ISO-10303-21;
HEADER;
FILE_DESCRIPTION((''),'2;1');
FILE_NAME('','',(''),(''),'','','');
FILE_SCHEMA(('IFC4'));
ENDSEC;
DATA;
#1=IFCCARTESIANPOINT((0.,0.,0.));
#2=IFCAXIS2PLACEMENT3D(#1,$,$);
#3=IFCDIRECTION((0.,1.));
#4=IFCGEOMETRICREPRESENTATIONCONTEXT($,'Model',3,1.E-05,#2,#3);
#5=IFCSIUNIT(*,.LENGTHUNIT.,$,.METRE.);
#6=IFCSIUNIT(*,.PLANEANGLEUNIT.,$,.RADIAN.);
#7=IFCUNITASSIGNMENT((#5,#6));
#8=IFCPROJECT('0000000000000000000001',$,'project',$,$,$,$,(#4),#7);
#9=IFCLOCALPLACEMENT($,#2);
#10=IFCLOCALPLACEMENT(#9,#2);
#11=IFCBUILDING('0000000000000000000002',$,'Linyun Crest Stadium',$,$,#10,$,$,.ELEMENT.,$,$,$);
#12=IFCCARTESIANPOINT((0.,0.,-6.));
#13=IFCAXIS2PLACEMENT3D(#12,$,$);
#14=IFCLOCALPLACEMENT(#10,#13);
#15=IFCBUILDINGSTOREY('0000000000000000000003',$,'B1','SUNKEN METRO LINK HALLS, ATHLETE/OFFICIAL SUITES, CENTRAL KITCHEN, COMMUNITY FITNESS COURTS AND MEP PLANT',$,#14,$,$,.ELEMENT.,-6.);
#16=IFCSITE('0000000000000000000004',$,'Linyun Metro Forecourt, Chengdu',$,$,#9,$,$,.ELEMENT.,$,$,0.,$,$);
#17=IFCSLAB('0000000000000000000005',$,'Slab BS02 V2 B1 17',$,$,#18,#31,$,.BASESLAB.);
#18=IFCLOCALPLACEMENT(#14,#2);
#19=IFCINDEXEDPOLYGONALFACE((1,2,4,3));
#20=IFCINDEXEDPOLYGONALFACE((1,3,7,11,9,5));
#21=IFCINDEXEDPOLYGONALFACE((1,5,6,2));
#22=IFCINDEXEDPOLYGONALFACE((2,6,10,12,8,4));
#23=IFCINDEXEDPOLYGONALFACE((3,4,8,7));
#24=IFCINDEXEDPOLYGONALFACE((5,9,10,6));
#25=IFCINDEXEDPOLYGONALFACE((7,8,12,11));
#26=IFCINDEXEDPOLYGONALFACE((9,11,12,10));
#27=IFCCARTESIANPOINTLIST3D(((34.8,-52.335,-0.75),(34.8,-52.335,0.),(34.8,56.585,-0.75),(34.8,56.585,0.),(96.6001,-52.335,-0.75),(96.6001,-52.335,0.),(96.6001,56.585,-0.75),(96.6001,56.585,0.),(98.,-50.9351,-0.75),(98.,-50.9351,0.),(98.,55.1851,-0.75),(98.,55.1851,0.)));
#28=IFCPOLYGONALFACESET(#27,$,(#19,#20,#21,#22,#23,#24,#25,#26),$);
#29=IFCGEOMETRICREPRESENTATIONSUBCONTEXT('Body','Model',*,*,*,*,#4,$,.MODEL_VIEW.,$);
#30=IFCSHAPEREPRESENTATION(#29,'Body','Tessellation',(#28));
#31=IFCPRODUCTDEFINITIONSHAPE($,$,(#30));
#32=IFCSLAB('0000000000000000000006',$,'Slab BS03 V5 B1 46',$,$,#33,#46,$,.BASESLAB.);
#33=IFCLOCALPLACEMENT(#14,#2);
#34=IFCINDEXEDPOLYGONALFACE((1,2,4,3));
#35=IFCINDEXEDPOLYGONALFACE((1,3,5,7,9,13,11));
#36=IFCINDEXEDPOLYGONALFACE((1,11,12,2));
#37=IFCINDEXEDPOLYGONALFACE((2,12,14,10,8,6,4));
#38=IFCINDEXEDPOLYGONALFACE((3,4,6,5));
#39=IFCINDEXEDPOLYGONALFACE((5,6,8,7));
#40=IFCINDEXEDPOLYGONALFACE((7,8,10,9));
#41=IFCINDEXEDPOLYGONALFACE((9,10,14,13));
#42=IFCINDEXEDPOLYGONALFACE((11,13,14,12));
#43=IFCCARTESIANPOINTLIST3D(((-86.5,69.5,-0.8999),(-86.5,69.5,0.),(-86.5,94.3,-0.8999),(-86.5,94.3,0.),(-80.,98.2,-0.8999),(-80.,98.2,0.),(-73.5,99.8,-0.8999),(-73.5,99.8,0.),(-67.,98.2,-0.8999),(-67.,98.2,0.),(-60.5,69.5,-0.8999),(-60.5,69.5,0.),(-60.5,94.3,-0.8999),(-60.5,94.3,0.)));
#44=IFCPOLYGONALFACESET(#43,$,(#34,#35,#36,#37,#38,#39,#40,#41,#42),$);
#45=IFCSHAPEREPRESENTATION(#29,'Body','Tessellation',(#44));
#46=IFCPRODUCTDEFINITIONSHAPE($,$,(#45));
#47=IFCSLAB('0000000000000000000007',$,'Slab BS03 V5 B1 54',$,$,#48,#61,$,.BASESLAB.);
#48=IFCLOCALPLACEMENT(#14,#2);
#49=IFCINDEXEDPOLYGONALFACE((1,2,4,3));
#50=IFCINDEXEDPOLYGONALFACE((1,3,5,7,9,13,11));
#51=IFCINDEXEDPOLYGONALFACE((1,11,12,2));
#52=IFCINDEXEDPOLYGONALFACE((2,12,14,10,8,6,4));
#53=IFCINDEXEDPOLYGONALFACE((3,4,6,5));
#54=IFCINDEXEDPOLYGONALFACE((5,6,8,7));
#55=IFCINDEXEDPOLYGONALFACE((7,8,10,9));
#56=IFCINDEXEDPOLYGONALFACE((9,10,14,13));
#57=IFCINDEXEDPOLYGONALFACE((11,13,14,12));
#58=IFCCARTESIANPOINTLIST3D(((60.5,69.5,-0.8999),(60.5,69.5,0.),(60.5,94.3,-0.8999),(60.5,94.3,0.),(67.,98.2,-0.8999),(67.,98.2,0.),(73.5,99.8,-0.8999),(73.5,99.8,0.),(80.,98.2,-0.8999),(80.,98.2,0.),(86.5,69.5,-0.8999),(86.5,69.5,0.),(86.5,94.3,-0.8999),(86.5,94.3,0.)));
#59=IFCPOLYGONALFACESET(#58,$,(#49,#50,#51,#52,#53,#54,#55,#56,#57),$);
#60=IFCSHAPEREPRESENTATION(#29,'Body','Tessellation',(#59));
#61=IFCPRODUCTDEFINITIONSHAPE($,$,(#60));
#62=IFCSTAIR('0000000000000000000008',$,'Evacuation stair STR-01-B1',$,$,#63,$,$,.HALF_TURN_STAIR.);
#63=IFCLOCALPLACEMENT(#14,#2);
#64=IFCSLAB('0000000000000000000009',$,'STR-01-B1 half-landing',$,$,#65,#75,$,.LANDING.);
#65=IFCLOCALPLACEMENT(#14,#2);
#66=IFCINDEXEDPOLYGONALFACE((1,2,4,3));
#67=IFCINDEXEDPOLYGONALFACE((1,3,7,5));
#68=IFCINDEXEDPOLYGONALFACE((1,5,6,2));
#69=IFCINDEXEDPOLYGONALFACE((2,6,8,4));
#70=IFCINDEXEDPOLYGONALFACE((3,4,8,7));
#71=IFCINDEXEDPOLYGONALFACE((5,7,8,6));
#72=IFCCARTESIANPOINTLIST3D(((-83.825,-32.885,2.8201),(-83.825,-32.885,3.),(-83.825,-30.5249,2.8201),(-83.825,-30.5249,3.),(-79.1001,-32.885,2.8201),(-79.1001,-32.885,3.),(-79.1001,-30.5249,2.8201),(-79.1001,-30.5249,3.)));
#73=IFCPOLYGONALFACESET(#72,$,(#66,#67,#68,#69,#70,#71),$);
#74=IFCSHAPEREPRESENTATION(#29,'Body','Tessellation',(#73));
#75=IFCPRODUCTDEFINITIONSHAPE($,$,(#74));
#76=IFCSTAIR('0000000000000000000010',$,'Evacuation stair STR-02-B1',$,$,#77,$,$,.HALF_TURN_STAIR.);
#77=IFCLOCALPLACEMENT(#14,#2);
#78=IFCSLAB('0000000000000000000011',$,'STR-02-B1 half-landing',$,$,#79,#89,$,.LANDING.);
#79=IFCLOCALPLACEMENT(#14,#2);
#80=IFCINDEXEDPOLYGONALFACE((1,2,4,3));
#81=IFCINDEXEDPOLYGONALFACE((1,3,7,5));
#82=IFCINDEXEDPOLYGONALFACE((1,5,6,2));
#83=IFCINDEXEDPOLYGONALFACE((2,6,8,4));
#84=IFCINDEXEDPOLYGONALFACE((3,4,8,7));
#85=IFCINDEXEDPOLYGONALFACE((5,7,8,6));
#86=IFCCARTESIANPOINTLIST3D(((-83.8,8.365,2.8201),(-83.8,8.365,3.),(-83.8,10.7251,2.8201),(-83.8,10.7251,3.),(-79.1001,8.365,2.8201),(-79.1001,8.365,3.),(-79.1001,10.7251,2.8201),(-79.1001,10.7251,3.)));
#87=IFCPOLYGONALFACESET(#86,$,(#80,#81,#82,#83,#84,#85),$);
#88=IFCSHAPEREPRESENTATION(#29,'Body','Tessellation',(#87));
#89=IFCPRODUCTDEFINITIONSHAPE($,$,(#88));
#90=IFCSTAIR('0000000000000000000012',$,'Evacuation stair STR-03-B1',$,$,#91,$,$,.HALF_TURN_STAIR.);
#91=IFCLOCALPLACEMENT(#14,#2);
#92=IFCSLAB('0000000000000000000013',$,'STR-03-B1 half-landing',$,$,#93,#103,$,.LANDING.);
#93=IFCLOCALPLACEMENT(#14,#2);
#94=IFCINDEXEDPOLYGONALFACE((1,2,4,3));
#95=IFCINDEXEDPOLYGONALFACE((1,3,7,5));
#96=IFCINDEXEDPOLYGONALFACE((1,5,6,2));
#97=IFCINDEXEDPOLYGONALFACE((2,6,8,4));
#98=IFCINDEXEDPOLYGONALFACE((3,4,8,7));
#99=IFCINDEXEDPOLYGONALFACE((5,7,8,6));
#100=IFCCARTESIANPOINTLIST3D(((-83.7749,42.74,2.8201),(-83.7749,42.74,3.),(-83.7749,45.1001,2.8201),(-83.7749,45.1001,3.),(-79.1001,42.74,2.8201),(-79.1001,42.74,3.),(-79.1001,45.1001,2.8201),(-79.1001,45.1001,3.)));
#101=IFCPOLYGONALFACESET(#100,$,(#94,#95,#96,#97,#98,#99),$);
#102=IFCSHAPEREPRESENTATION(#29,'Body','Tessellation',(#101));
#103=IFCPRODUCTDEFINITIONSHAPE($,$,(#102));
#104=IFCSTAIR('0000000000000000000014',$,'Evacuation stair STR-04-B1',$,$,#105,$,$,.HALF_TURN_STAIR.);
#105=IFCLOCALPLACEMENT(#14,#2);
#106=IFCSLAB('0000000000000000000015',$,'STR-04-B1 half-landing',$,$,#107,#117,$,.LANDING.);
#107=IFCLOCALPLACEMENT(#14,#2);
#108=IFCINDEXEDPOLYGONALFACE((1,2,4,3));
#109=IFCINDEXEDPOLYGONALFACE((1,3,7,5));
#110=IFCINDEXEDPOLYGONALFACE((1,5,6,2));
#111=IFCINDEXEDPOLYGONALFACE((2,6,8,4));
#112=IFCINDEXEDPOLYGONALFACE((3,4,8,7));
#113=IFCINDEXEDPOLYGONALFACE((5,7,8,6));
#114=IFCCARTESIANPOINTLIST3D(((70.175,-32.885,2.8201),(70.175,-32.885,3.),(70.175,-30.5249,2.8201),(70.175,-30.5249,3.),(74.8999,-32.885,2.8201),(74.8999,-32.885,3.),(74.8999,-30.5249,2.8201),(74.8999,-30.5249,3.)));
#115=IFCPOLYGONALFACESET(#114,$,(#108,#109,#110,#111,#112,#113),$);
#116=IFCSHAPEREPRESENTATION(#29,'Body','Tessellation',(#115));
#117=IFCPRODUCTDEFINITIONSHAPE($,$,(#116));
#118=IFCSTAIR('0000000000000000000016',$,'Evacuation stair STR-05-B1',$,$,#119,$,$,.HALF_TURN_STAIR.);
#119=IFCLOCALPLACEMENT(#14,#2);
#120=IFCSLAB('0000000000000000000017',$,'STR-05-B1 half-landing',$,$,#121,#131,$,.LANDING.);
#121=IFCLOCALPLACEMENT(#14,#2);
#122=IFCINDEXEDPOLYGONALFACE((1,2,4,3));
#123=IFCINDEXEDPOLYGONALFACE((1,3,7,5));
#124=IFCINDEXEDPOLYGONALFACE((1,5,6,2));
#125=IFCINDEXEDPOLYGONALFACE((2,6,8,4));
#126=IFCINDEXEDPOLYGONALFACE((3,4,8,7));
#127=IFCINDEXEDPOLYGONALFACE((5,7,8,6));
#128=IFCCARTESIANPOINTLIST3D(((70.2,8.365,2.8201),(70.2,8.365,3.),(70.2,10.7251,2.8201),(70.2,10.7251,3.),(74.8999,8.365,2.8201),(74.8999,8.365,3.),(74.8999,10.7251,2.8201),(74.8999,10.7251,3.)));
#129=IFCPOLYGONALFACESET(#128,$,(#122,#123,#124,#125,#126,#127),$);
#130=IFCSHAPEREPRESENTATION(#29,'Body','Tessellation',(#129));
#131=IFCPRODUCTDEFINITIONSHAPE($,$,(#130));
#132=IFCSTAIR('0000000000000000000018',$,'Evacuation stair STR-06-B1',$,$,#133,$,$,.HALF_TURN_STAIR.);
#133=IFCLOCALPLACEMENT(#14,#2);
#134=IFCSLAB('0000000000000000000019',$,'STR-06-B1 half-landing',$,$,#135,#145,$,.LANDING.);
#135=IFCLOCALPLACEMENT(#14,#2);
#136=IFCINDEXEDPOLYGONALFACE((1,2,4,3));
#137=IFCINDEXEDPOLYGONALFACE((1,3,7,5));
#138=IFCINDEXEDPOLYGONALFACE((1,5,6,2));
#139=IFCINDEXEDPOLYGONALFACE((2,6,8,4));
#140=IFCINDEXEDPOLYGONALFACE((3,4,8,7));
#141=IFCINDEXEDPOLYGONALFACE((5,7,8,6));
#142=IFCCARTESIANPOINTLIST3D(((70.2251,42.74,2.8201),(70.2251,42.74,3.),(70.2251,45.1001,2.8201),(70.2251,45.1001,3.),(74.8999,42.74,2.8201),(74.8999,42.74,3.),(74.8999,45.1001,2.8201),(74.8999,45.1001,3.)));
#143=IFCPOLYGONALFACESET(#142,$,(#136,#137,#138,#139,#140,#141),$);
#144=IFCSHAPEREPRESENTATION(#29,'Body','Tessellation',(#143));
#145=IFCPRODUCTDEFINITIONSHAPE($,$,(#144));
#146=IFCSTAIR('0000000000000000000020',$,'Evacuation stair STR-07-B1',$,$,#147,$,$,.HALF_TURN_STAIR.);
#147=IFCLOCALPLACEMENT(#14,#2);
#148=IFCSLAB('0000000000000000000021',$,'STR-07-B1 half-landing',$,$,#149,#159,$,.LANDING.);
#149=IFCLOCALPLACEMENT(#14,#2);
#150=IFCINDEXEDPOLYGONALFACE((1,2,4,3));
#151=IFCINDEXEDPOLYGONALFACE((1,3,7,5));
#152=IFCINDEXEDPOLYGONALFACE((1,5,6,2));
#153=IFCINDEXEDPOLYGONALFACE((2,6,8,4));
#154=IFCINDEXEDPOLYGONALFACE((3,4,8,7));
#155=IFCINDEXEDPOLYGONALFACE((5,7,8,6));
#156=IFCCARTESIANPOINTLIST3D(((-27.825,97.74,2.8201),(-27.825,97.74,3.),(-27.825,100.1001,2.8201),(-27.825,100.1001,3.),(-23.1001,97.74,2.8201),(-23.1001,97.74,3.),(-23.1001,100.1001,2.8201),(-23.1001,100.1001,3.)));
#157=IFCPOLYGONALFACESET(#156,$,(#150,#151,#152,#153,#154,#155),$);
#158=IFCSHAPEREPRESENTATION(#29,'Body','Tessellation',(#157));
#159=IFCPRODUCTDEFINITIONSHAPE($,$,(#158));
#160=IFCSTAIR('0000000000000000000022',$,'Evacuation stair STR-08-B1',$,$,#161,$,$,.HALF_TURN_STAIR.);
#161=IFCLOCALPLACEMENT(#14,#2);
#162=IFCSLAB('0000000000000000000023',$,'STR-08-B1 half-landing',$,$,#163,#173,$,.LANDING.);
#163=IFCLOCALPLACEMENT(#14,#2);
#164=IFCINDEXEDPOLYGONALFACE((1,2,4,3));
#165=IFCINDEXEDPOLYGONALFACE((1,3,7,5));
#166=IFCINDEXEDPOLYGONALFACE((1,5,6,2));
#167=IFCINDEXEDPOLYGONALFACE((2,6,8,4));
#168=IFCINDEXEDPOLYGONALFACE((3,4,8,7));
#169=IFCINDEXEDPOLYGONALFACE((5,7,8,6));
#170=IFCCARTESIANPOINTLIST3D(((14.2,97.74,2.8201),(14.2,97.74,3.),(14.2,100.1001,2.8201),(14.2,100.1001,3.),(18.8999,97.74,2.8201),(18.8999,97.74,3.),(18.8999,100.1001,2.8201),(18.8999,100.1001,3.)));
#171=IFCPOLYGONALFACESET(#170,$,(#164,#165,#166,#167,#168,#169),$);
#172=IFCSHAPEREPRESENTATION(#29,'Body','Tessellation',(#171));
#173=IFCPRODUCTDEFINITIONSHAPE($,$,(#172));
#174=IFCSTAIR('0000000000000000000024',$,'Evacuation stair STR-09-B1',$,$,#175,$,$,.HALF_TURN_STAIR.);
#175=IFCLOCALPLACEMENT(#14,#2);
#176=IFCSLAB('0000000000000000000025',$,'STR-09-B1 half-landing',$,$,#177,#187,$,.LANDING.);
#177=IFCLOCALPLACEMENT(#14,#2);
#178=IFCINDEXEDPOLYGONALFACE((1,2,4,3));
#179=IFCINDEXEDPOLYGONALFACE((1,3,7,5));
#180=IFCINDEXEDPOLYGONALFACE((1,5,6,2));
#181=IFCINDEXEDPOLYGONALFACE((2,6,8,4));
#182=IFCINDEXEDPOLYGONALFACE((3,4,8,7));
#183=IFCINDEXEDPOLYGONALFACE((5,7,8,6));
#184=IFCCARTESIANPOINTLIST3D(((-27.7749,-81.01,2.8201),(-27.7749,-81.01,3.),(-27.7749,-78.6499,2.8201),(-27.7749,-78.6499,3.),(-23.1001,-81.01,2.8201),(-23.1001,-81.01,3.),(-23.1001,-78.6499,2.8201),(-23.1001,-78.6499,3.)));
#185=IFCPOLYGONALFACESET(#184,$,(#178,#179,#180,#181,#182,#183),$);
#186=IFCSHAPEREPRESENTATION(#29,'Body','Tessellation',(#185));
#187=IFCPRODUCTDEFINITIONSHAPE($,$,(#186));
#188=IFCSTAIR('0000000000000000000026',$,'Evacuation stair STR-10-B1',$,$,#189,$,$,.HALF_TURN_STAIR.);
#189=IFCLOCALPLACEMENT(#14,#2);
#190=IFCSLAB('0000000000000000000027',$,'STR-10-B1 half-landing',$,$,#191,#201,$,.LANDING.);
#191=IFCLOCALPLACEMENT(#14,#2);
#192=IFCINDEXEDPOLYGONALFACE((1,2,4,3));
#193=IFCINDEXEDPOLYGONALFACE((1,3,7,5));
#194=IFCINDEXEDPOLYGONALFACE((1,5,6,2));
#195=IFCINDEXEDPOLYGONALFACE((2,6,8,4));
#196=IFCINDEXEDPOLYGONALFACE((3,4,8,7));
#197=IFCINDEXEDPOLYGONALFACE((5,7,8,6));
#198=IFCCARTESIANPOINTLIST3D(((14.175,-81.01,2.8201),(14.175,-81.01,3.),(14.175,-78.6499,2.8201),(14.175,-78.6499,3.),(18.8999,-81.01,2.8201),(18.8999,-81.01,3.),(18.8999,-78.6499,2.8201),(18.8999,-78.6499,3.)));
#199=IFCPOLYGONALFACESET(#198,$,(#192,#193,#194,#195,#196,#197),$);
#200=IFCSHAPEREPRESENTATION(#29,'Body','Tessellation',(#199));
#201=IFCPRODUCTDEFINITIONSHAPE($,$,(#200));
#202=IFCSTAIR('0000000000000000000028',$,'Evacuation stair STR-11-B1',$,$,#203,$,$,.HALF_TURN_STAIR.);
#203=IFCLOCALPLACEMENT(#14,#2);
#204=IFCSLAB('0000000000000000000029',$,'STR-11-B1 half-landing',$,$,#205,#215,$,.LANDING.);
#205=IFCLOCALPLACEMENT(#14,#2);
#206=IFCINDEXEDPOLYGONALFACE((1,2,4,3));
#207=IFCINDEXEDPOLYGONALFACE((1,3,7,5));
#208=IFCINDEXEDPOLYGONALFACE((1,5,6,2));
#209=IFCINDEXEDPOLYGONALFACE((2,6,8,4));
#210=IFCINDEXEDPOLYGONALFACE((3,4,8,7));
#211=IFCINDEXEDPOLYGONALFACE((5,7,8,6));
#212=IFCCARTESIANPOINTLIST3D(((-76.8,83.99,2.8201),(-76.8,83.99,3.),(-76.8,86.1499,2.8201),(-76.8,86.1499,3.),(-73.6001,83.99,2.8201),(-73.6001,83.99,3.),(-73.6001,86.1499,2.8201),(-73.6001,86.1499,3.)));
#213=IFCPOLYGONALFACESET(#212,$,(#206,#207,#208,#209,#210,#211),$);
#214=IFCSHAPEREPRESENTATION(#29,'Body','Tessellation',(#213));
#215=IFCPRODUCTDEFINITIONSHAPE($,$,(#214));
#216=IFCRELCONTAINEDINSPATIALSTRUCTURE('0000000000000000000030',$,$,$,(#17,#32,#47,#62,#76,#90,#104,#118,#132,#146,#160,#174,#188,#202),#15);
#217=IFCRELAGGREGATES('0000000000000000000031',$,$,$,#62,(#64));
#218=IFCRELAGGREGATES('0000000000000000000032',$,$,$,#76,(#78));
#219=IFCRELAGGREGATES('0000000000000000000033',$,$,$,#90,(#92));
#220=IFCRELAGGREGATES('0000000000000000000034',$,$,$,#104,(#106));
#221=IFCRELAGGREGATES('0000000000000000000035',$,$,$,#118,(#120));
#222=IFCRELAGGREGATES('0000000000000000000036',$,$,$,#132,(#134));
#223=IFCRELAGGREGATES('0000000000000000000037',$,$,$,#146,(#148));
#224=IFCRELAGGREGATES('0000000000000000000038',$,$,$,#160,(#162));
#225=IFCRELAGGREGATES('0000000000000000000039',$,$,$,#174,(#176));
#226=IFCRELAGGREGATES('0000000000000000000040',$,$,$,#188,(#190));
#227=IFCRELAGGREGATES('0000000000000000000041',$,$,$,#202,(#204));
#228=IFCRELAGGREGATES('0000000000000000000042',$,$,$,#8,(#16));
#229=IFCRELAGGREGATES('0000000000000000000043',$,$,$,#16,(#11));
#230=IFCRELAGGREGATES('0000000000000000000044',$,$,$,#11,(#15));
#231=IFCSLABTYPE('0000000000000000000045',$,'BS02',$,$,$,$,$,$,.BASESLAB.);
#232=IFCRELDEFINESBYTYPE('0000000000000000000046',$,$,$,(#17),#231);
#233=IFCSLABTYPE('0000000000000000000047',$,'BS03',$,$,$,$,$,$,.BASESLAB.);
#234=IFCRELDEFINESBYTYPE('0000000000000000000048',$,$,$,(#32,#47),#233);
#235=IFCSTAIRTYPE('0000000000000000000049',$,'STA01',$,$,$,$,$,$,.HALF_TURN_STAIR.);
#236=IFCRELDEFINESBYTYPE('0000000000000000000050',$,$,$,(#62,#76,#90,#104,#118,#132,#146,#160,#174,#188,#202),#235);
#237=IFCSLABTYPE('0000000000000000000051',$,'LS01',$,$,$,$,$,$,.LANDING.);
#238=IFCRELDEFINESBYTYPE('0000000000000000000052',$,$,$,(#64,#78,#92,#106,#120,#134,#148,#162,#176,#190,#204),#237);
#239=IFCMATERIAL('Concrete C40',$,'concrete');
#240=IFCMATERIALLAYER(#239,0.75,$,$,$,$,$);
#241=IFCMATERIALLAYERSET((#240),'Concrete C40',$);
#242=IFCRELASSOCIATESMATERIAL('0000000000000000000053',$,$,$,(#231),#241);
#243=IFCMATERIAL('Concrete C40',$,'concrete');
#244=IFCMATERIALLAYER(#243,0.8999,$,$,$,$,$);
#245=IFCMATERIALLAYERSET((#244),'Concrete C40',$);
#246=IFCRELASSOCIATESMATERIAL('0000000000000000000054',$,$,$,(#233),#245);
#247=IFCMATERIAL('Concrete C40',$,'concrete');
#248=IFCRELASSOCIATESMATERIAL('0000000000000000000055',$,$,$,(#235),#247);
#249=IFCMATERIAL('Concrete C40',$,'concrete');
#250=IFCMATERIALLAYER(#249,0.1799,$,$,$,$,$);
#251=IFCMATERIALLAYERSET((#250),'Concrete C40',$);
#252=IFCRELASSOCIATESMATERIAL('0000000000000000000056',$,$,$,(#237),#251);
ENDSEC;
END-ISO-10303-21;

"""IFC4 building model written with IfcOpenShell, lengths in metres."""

from ifc_helpers import new_model, si_unit, direction, frame, origin, place, context, subcontext, project, spatial, polyline, outline, extrude, material, layer, layer_set, type_object, element, aggregate, save


model = new_model("IFC4")

# Units and contexts
model_context = context("Model", 3, precision=1e-05, world=origin(), true_north=direction((0.0, 1.0)))
body_context = subcontext(model_context, "Body", "Model", "MODEL_VIEW")
ifc_project = project(units=[si_unit("LENGTHUNIT", "METRE"), si_unit("PLANEANGLEUNIT", "RADIAN")], contexts=[model_context])

# Site, building, storey
site_placement = place(None, origin())
site = spatial("IfcSite", under=ifc_project, at=site_placement, Name="Linyun Metro Forecourt, Chengdu", CompositionType="ELEMENT", RefElevation=0.0)
building_placement = place(site_placement, origin())
building = spatial("IfcBuilding", under=site, at=building_placement, Name="Linyun Crest Stadium", CompositionType="ELEMENT")
storey_placement = place(building_placement, frame((0.0, 0.0, -6.0)))
storey = spatial("IfcBuildingStorey", under=building, at=storey_placement, Name="B1", Description="SUNKEN METRO LINK HALLS, ATHLETE/OFFICIAL SUITES, CENTRAL KITCHEN, COMMUNITY FITNESS COURTS AND MEP PLANT", CompositionType="ELEMENT", Elevation=-6.0)

# Slabs
ifc_material_1 = material(Name="Concrete C40", Category="concrete")
ifc_layer_1 = layer(ifc_material_1, 0.75)
ifc_layer_set_1 = layer_set([ifc_layer_1], Name="Concrete C40")
slab_type_1 = type_object("IfcSlabType", Name="BS02", PredefinedType="BASESLAB", material=ifc_layer_set_1)
slab_1_placement = place(storey_placement, frame((0.0, 0.0, -0.75)))
element("IfcSlab", 1, at=slab_1_placement, inside=storey, type_object=slab_type_1, Name="Slab BS02 V2 B1 17", PredefinedType="BASESLAB", context=body_context, shape_type="SweptSolid", body=[
    extrude(outline(polyline([(34.8, -52.335), (96.6001, -52.335), (98.0, -50.9351), (98.0, 55.1851), (96.6001, 56.585), (34.8, 56.585), (34.8, -52.335)])), origin(), (0.0, 0.0, 1.0), 0.75),
])
ifc_material_2 = material(Name="Concrete C40", Category="concrete")
ifc_layer_2 = layer(ifc_material_2, 0.8999)
ifc_layer_set_2 = layer_set([ifc_layer_2], Name="Concrete C40")
slab_type_2 = type_object("IfcSlabType", Name="BS03", PredefinedType="BASESLAB", material=ifc_layer_set_2)
slab_2_placement = place(storey_placement, frame((0.0, 0.0, -0.8999)))
element("IfcSlab", 2, at=slab_2_placement, inside=storey, type_object=slab_type_2, Name="Slab BS03 V5 B1 46", PredefinedType="BASESLAB", context=body_context, shape_type="SweptSolid", body=[
    extrude(outline(polyline([(-86.5, 69.5), (-60.5, 69.5), (-60.5, 94.3), (-67.0, 98.2), (-73.5, 99.8), (-80.0, 98.2), (-86.5, 94.3), (-86.5, 69.5)])), origin(), (0.0, 0.0, 1.0), 0.8999),
])
slab_3_placement = place(storey_placement, frame((0.0, 0.0, -0.8999)))
element("IfcSlab", 3, at=slab_3_placement, inside=storey, type_object=slab_type_2, Name="Slab BS03 V5 B1 54", PredefinedType="BASESLAB", context=body_context, shape_type="SweptSolid", body=[
    extrude(outline(polyline([(60.5, 69.5), (86.5, 69.5), (86.5, 94.3), (80.0, 98.2), (73.5, 99.8), (67.0, 98.2), (60.5, 94.3), (60.5, 69.5)])), origin(), (0.0, 0.0, 1.0), 0.8999),
])

# Stairs, slabs
ifc_material_3 = material(Name="Concrete C40", Category="concrete")
stair_type = type_object("IfcStairType", Name="STA01", PredefinedType="HALF_TURN_STAIR", material=ifc_material_3)
stair_1_placement = place(storey_placement, origin())
stair_1 = element("IfcStair", 4, at=stair_1_placement, inside=storey, type_object=stair_type, Name="Evacuation stair STR-01-B1", PredefinedType="HALF_TURN_STAIR")
ifc_material_4 = material(Name="Concrete C40", Category="concrete")
ifc_layer_3 = layer(ifc_material_4, 0.1799)
ifc_layer_set_3 = layer_set([ifc_layer_3], Name="Concrete C40")
slab_type_3 = type_object("IfcSlabType", Name="LS01", PredefinedType="LANDING", material=ifc_layer_set_3)
slab_4_placement = place(storey_placement, frame((0.0, 0.0, 2.8201)))
slab_4 = element("IfcSlab", 5, at=slab_4_placement, type_object=slab_type_3, Name="STR-01-B1 half-landing", PredefinedType="LANDING", context=body_context, shape_type="SweptSolid", body=[
    extrude(outline(polyline([(-83.825, -32.885), (-79.1001, -32.885), (-79.1001, -30.5249), (-83.825, -30.5249), (-83.825, -32.885)])), origin(), (0.0, 0.0, 1.0), 0.1799),
])
aggregate(stair_1, [slab_4])
stair_2_placement = place(storey_placement, origin())
stair_2 = element("IfcStair", 6, at=stair_2_placement, inside=storey, type_object=stair_type, Name="Evacuation stair STR-02-B1", PredefinedType="HALF_TURN_STAIR")
slab_5_placement = place(storey_placement, frame((0.0, 0.0, 2.8201)))
slab_5 = element("IfcSlab", 7, at=slab_5_placement, type_object=slab_type_3, Name="STR-02-B1 half-landing", PredefinedType="LANDING", context=body_context, shape_type="SweptSolid", body=[
    extrude(outline(polyline([(-83.8, 8.365), (-79.1001, 8.365), (-79.1001, 10.7251), (-83.8, 10.7251), (-83.8, 8.365)])), origin(), (0.0, 0.0, 1.0), 0.1799),
])
aggregate(stair_2, [slab_5])
stair_3_placement = place(storey_placement, origin())
stair_3 = element("IfcStair", 8, at=stair_3_placement, inside=storey, type_object=stair_type, Name="Evacuation stair STR-03-B1", PredefinedType="HALF_TURN_STAIR")
slab_6_placement = place(storey_placement, frame((0.0, 0.0, 2.8201)))
slab_6 = element("IfcSlab", 9, at=slab_6_placement, type_object=slab_type_3, Name="STR-03-B1 half-landing", PredefinedType="LANDING", context=body_context, shape_type="SweptSolid", body=[
    extrude(outline(polyline([(-83.7749, 42.74), (-79.1001, 42.74), (-79.1001, 45.1001), (-83.7749, 45.1001), (-83.7749, 42.74)])), origin(), (0.0, 0.0, 1.0), 0.1799),
])
aggregate(stair_3, [slab_6])
stair_4_placement = place(storey_placement, origin())
stair_4 = element("IfcStair", 10, at=stair_4_placement, inside=storey, type_object=stair_type, Name="Evacuation stair STR-04-B1", PredefinedType="HALF_TURN_STAIR")
slab_7_placement = place(storey_placement, frame((0.0, 0.0, 2.8201)))
slab_7 = element("IfcSlab", 11, at=slab_7_placement, type_object=slab_type_3, Name="STR-04-B1 half-landing", PredefinedType="LANDING", context=body_context, shape_type="SweptSolid", body=[
    extrude(outline(polyline([(70.175, -32.885), (74.8999, -32.885), (74.8999, -30.5249), (70.175, -30.5249), (70.175, -32.885)])), origin(), (0.0, 0.0, 1.0), 0.1799),
])
aggregate(stair_4, [slab_7])
stair_5_placement = place(storey_placement, origin())
stair_5 = element("IfcStair", 12, at=stair_5_placement, inside=storey, type_object=stair_type, Name="Evacuation stair STR-05-B1", PredefinedType="HALF_TURN_STAIR")
slab_8_placement = place(storey_placement, frame((0.0, 0.0, 2.8201)))
slab_8 = element("IfcSlab", 13, at=slab_8_placement, type_object=slab_type_3, Name="STR-05-B1 half-landing", PredefinedType="LANDING", context=body_context, shape_type="SweptSolid", body=[
    extrude(outline(polyline([(70.2, 8.365), (74.8999, 8.365), (74.8999, 10.7251), (70.2, 10.7251), (70.2, 8.365)])), origin(), (0.0, 0.0, 1.0), 0.1799),
])
aggregate(stair_5, [slab_8])
stair_6_placement = place(storey_placement, origin())
stair_6 = element("IfcStair", 14, at=stair_6_placement, inside=storey, type_object=stair_type, Name="Evacuation stair STR-06-B1", PredefinedType="HALF_TURN_STAIR")
slab_9_placement = place(storey_placement, frame((0.0, 0.0, 2.8201)))
slab_9 = element("IfcSlab", 15, at=slab_9_placement, type_object=slab_type_3, Name="STR-06-B1 half-landing", PredefinedType="LANDING", context=body_context, shape_type="SweptSolid", body=[
    extrude(outline(polyline([(70.2251, 42.74), (74.8999, 42.74), (74.8999, 45.1001), (70.2251, 45.1001), (70.2251, 42.74)])), origin(), (0.0, 0.0, 1.0), 0.1799),
])
aggregate(stair_6, [slab_9])
stair_7_placement = place(storey_placement, origin())
stair_7 = element("IfcStair", 16, at=stair_7_placement, inside=storey, type_object=stair_type, Name="Evacuation stair STR-07-B1", PredefinedType="HALF_TURN_STAIR")
slab_10_placement = place(storey_placement, frame((0.0, 0.0, 2.8201)))
slab_10 = element("IfcSlab", 17, at=slab_10_placement, type_object=slab_type_3, Name="STR-07-B1 half-landing", PredefinedType="LANDING", context=body_context, shape_type="SweptSolid", body=[
    extrude(outline(polyline([(-27.825, 97.74), (-23.1001, 97.74), (-23.1001, 100.1001), (-27.825, 100.1001), (-27.825, 97.74)])), origin(), (0.0, 0.0, 1.0), 0.1799),
])
aggregate(stair_7, [slab_10])
stair_8_placement = place(storey_placement, origin())
stair_8 = element("IfcStair", 18, at=stair_8_placement, inside=storey, type_object=stair_type, Name="Evacuation stair STR-08-B1", PredefinedType="HALF_TURN_STAIR")
slab_11_placement = place(storey_placement, frame((0.0, 0.0, 2.8201)))
slab_11 = element("IfcSlab", 19, at=slab_11_placement, type_object=slab_type_3, Name="STR-08-B1 half-landing", PredefinedType="LANDING", context=body_context, shape_type="SweptSolid", body=[
    extrude(outline(polyline([(14.2, 97.74), (18.8999, 97.74), (18.8999, 100.1001), (14.2, 100.1001), (14.2, 97.74)])), origin(), (0.0, 0.0, 1.0), 0.1799),
])
aggregate(stair_8, [slab_11])
stair_9_placement = place(storey_placement, origin())
stair_9 = element("IfcStair", 20, at=stair_9_placement, inside=storey, type_object=stair_type, Name="Evacuation stair STR-09-B1", PredefinedType="HALF_TURN_STAIR")
slab_12_placement = place(storey_placement, frame((0.0, 0.0, 2.8201)))
slab_12 = element("IfcSlab", 21, at=slab_12_placement, type_object=slab_type_3, Name="STR-09-B1 half-landing", PredefinedType="LANDING", context=body_context, shape_type="SweptSolid", body=[
    extrude(outline(polyline([(-27.7749, -81.01), (-23.1001, -81.01), (-23.1001, -78.6499), (-27.7749, -78.6499), (-27.7749, -81.01)])), origin(), (0.0, 0.0, 1.0), 0.1799),
])
aggregate(stair_9, [slab_12])
stair_10_placement = place(storey_placement, origin())
stair_10 = element("IfcStair", 22, at=stair_10_placement, inside=storey, type_object=stair_type, Name="Evacuation stair STR-10-B1", PredefinedType="HALF_TURN_STAIR")
slab_13_placement = place(storey_placement, frame((0.0, 0.0, 2.8201)))
slab_13 = element("IfcSlab", 23, at=slab_13_placement, type_object=slab_type_3, Name="STR-10-B1 half-landing", PredefinedType="LANDING", context=body_context, shape_type="SweptSolid", body=[
    extrude(outline(polyline([(14.175, -81.01), (18.8999, -81.01), (18.8999, -78.6499), (14.175, -78.6499), (14.175, -81.01)])), origin(), (0.0, 0.0, 1.0), 0.1799),
])
aggregate(stair_10, [slab_13])
stair_11_placement = place(storey_placement, origin())
stair_11 = element("IfcStair", 24, at=stair_11_placement, inside=storey, type_object=stair_type, Name="Evacuation stair STR-11-B1", PredefinedType="HALF_TURN_STAIR")
slab_14_placement = place(storey_placement, frame((0.0, 0.0, 2.8201)))
slab_14 = element("IfcSlab", 25, at=slab_14_placement, type_object=slab_type_3, Name="STR-11-B1 half-landing", PredefinedType="LANDING", context=body_context, shape_type="SweptSolid", body=[
    extrude(outline(polyline([(-76.8, 83.99), (-73.6001, 83.99), (-73.6001, 86.1499), (-76.8, 86.1499), (-76.8, 83.99)])), origin(), (0.0, 0.0, 1.0), 0.1799),
])
aggregate(stair_11, [slab_14])

save(model, "model.ifc")
